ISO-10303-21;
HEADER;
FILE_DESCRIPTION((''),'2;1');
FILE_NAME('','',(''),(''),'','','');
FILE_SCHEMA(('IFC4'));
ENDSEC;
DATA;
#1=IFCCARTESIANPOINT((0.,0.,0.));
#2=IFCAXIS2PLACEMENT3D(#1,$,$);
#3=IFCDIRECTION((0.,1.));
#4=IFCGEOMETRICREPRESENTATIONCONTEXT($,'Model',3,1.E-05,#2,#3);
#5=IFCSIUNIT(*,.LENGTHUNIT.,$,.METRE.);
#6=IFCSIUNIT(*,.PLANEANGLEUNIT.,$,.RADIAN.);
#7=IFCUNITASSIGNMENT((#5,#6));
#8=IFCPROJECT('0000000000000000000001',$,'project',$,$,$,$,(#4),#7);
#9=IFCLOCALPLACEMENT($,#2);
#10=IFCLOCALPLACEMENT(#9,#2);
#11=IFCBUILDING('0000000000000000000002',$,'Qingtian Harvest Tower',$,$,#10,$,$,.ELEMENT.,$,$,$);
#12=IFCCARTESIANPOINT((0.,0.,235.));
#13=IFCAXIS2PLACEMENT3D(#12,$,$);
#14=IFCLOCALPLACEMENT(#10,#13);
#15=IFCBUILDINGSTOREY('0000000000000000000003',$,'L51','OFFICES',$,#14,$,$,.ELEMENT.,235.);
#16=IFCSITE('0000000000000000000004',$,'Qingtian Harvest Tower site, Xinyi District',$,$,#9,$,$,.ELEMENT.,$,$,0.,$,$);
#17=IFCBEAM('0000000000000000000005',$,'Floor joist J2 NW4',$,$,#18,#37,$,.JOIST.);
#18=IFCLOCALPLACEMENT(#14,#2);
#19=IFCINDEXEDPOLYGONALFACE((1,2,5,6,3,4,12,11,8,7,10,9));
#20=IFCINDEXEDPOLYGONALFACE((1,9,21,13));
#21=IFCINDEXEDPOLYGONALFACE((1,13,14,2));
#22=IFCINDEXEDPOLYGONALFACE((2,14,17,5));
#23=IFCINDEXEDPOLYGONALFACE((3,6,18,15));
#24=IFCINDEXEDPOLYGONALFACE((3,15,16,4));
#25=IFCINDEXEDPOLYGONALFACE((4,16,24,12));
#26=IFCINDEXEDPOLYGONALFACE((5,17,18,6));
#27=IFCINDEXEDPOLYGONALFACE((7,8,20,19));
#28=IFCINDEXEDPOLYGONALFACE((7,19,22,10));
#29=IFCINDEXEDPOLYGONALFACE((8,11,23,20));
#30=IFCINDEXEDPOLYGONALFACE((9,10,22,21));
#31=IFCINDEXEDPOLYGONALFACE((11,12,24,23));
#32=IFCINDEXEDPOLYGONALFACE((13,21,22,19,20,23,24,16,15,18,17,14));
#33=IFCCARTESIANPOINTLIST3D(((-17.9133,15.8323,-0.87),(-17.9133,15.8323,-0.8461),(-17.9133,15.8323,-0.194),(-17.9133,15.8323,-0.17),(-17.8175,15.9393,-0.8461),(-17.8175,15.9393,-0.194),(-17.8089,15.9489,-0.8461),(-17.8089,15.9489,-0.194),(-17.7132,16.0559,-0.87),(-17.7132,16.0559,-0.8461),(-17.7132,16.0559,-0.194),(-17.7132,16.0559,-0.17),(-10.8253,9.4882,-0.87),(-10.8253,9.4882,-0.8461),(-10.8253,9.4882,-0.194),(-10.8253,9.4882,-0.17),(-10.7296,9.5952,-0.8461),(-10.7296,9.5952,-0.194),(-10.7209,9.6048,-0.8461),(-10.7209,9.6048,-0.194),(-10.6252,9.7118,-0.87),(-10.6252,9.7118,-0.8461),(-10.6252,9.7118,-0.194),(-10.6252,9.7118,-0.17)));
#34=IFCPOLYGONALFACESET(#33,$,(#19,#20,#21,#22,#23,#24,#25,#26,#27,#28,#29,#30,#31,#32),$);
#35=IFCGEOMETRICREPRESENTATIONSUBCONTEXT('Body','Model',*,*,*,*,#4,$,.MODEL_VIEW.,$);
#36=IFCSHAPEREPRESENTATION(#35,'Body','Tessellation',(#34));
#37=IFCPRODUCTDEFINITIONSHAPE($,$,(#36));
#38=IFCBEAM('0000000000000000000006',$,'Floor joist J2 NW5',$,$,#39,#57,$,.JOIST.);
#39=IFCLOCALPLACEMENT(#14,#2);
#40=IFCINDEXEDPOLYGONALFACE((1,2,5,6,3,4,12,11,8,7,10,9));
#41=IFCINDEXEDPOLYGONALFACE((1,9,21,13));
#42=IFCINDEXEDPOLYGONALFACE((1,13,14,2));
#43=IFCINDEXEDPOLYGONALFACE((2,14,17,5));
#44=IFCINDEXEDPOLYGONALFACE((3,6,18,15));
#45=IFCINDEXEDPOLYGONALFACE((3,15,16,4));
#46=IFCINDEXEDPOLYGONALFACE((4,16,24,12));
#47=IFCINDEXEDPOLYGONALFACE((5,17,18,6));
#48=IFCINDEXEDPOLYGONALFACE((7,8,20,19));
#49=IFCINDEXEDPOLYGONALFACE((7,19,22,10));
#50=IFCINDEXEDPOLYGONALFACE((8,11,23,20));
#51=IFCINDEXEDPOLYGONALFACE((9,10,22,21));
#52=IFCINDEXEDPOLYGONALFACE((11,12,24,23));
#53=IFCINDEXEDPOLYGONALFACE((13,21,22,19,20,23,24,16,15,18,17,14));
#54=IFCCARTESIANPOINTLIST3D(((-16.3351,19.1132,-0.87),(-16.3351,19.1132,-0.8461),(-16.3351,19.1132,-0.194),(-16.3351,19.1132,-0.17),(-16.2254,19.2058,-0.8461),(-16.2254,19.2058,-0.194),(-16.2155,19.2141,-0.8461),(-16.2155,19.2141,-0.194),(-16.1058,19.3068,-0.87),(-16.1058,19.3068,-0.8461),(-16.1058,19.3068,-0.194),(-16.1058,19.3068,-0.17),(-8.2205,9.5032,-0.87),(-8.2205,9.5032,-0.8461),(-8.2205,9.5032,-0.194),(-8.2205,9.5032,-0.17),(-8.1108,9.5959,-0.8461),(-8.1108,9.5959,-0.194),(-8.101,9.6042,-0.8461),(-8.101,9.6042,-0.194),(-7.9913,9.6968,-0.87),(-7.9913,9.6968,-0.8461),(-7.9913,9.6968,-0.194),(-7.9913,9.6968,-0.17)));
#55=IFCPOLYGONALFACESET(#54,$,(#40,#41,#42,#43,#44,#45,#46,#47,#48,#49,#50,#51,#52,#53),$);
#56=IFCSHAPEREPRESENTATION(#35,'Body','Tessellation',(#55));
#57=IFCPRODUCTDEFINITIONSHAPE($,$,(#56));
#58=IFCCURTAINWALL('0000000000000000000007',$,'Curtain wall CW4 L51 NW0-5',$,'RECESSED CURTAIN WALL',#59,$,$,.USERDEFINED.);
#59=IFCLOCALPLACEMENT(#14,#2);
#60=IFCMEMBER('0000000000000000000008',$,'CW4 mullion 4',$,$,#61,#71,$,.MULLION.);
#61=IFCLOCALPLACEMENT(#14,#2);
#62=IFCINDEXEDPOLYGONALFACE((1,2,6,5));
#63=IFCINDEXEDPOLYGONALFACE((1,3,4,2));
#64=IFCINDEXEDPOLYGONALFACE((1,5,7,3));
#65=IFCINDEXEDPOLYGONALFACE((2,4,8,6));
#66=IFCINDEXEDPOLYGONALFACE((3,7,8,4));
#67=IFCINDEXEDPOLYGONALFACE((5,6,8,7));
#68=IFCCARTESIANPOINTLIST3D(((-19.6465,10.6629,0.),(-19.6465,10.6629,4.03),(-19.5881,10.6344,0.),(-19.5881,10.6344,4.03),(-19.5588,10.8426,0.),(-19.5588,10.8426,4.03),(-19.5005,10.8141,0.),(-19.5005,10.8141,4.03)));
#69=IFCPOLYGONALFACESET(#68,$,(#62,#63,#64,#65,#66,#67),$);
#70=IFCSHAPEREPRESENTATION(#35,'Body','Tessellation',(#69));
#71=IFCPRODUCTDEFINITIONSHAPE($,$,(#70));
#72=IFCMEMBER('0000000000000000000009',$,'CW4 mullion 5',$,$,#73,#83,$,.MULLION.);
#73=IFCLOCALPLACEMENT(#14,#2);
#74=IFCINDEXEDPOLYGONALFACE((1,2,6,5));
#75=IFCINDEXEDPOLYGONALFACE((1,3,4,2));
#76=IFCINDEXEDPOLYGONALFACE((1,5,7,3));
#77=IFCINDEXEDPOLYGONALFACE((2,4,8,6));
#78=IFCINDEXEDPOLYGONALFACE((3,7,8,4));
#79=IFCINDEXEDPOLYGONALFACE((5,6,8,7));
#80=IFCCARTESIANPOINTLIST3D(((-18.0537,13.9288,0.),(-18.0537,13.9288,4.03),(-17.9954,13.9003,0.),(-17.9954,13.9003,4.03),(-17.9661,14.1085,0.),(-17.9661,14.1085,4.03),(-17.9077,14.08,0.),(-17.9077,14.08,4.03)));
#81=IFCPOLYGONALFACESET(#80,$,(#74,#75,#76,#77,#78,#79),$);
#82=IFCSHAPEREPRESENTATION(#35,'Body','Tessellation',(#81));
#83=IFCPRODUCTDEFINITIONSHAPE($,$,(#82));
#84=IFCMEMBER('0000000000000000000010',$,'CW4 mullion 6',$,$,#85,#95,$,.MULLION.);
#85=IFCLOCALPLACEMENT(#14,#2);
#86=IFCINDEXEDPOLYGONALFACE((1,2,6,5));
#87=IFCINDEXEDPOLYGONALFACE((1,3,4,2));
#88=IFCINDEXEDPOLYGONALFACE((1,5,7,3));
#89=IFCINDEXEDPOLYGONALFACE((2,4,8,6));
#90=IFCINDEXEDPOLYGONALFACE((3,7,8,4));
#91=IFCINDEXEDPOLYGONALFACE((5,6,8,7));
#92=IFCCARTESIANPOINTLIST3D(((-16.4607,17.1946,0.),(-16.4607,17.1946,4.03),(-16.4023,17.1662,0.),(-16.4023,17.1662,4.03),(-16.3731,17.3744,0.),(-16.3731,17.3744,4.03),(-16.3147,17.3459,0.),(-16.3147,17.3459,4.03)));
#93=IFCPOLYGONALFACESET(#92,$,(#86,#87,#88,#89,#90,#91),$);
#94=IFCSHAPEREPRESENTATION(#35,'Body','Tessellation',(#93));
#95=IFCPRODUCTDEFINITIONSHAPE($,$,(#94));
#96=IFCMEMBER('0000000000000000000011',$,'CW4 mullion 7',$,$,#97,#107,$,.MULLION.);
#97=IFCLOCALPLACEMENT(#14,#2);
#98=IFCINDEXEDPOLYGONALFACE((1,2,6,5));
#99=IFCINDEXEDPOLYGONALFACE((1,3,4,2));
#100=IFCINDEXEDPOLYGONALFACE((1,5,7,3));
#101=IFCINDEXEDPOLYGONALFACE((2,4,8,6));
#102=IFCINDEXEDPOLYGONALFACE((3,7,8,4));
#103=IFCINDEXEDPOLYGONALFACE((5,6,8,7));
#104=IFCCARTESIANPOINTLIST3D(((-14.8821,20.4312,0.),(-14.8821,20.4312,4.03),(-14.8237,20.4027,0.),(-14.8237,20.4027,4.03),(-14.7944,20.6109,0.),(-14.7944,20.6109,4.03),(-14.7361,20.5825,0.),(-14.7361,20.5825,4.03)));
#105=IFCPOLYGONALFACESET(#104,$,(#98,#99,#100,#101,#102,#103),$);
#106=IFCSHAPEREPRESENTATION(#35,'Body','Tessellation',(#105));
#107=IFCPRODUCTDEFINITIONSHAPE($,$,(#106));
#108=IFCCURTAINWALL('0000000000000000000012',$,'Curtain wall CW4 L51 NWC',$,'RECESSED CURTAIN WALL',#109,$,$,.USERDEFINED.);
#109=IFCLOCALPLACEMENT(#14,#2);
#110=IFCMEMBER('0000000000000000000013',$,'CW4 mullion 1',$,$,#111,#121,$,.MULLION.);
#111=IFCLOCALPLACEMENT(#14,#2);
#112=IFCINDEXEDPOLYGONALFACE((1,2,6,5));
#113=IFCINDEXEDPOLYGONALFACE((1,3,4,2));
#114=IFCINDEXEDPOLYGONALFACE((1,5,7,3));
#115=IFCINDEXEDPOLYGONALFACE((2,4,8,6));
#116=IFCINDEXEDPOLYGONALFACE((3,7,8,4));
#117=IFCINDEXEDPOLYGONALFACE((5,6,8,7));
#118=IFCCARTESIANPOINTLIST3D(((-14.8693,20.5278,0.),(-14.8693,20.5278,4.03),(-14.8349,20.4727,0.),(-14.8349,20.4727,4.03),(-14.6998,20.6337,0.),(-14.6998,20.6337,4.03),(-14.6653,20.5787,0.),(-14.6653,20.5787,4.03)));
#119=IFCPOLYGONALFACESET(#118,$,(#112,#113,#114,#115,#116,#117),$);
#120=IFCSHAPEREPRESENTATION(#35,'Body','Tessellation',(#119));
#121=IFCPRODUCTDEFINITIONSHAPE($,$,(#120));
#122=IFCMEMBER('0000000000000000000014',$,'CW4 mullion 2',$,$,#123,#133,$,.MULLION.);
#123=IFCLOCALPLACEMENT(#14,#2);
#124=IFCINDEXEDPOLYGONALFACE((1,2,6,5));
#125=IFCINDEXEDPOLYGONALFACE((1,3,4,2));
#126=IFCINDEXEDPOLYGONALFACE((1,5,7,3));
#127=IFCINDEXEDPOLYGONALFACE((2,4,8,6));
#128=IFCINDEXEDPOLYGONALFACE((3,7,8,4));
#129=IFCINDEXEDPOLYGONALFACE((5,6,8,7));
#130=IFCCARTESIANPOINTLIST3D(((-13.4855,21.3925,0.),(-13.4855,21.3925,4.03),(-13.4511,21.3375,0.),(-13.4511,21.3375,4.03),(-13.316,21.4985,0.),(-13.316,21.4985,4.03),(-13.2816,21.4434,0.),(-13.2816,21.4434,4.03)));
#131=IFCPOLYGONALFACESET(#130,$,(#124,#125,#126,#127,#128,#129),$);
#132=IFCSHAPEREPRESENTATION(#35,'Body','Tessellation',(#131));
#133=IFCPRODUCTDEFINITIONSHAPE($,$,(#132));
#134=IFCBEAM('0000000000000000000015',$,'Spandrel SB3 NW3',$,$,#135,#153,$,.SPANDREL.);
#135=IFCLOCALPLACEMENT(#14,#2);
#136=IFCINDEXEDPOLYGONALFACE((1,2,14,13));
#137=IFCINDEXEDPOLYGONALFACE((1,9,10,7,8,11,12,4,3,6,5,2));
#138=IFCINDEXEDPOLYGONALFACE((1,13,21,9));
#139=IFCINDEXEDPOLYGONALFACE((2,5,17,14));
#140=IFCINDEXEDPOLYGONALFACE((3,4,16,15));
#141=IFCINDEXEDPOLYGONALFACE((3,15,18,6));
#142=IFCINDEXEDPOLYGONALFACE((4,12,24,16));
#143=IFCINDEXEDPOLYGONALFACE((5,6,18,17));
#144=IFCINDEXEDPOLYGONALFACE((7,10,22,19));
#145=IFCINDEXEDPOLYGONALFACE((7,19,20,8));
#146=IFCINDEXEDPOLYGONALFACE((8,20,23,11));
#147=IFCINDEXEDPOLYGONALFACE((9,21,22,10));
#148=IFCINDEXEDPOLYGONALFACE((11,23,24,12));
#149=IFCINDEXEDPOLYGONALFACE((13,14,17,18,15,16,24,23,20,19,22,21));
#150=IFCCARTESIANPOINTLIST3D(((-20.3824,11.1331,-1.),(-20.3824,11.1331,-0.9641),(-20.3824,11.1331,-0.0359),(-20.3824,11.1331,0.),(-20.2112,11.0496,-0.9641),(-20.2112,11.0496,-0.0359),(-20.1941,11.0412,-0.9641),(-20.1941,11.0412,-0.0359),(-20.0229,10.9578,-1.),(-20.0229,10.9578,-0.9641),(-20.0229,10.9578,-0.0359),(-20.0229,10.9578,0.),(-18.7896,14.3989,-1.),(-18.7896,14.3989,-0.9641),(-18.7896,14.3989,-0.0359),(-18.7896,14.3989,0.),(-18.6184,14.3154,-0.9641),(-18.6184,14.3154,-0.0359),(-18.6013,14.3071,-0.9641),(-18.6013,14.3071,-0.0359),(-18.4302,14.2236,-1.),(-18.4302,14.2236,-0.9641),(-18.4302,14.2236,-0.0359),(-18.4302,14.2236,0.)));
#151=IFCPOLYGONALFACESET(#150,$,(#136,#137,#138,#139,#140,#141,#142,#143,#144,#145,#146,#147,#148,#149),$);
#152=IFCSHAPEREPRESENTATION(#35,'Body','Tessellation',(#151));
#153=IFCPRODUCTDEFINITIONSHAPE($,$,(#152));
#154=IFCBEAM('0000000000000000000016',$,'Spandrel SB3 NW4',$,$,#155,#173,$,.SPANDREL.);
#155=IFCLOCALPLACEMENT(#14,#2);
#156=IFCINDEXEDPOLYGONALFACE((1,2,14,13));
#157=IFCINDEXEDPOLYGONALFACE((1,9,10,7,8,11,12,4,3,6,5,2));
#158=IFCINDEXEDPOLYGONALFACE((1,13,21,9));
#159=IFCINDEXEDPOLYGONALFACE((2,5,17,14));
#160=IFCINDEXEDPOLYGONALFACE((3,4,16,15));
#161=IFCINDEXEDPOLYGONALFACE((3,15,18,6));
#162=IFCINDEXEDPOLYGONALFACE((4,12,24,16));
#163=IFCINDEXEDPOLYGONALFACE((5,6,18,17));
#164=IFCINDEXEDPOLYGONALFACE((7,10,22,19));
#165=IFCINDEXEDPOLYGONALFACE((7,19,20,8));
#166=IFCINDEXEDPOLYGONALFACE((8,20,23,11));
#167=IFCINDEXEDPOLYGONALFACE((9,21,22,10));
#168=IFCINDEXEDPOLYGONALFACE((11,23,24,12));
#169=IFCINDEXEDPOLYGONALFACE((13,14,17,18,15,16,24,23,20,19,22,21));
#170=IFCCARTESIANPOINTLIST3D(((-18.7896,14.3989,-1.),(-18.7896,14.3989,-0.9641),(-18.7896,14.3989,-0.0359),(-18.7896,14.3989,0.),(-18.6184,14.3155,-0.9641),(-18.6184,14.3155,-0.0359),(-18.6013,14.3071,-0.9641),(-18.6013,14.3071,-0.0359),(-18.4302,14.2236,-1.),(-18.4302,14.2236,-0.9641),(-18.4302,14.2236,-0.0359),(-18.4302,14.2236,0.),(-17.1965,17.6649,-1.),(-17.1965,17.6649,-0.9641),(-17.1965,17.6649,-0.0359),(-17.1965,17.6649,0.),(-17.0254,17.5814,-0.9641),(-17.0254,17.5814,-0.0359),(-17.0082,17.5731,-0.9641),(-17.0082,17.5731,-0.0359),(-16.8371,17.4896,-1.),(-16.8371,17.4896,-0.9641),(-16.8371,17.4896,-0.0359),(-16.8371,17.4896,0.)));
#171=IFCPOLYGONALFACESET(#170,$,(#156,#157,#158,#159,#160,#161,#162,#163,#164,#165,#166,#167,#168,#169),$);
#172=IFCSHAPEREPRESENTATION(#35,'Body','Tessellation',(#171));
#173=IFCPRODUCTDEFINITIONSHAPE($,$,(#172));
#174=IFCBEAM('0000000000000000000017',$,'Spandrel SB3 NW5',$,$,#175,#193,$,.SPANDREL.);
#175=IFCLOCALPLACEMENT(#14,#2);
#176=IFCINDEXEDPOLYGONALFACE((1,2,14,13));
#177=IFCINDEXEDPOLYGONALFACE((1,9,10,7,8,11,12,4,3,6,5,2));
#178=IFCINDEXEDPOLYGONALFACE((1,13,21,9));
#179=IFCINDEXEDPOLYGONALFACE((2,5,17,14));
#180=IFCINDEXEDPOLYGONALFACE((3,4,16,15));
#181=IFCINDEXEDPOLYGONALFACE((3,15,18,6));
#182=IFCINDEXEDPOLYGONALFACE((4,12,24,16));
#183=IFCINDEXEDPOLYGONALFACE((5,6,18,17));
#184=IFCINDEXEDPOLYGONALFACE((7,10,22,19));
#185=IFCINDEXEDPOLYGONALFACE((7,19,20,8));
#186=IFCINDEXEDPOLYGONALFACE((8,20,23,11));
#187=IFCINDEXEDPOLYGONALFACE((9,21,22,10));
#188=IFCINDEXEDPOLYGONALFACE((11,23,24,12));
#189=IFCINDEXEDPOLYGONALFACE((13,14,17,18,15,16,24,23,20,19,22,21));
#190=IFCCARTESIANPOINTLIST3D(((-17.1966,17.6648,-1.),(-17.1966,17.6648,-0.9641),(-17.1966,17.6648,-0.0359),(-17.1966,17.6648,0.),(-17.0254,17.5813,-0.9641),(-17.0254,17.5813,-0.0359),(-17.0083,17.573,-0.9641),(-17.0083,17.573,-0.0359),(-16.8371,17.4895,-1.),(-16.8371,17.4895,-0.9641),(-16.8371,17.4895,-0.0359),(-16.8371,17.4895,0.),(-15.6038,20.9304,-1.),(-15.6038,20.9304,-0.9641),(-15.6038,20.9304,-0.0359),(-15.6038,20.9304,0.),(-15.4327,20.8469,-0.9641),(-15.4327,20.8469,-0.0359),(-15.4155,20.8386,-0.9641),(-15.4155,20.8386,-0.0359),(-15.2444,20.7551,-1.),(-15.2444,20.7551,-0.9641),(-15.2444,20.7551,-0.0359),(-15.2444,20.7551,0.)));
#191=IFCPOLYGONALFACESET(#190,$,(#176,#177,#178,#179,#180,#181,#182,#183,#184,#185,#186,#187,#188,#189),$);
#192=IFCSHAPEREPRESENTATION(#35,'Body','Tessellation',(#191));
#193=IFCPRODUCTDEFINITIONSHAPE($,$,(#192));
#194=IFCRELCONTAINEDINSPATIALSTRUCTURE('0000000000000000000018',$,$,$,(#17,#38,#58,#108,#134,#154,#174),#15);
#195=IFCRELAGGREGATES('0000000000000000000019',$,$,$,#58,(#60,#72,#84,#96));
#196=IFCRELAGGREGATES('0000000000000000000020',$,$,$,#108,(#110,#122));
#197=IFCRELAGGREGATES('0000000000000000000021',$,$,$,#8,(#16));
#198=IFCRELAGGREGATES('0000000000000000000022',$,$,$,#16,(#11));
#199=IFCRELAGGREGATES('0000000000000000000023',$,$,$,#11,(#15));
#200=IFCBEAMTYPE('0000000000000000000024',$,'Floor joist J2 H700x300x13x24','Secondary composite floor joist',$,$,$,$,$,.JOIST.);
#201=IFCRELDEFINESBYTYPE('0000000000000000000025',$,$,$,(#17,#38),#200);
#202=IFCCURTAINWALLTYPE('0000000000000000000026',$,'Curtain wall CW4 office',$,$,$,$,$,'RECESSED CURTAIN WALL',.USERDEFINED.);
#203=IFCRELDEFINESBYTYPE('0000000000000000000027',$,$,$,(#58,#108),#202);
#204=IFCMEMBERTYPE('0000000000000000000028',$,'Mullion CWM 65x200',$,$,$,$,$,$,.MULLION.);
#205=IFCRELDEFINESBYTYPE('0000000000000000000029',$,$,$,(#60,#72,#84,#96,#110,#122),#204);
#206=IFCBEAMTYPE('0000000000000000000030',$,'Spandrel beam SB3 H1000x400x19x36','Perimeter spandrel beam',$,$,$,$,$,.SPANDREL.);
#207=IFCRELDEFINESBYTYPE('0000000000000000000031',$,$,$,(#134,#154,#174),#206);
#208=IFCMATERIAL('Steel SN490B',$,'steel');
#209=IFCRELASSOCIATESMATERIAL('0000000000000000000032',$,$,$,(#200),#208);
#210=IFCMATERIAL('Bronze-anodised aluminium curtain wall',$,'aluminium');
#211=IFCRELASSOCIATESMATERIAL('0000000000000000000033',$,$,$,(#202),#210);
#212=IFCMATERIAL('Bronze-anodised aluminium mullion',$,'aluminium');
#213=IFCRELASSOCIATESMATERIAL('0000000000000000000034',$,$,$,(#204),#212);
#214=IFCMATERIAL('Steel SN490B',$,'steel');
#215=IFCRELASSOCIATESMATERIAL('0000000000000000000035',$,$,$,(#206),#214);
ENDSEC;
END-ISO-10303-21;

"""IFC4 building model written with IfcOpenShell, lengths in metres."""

from ifc_helpers import new_model, si_unit, direction, frame, origin, origin_2d, place, context, subcontext, project, spatial, rectangle, i_section, extrude, material, material_profile, profile_set, type_object, element, aggregate, save


model = new_model("IFC4")

# Units and contexts
model_context = context("Model", 3, precision=1e-05, world=origin(), true_north=direction((0.0, 1.0)))
body_context = subcontext(model_context, "Body", "Model", "MODEL_VIEW")
ifc_project = project(units=[si_unit("LENGTHUNIT", "METRE"), si_unit("PLANEANGLEUNIT", "RADIAN")], contexts=[model_context])

# Site, building, storey
site_placement = place(None, origin())
site = spatial("IfcSite", under=ifc_project, at=site_placement, Name="Qingtian Harvest Tower site, Xinyi District", CompositionType="ELEMENT", RefElevation=0.0)
building_placement = place(site_placement, origin())
building = spatial("IfcBuilding", under=site, at=building_placement, Name="Qingtian Harvest Tower", CompositionType="ELEMENT")
storey_placement = place(building_placement, frame((0.0, 0.0, 235.0)))
storey = spatial("IfcBuildingStorey", under=building, at=storey_placement, Name="L51", Description="OFFICES", CompositionType="ELEMENT", Elevation=235.0)

# Beams
ifc_material_1 = material(Name="Steel SN490B", Category="steel")
ifc_material_profile_1 = material_profile(ifc_material_1, i_section(OverallWidth=0.3, OverallDepth=0.7, WebThickness=0.0129, FlangeThickness=0.0239, at=origin_2d()), Name="H700x300x13x24")
ifc_profile_set_1 = profile_set([ifc_material_profile_1], Name="Steel SN490B")
beam_type_1 = type_object("IfcBeamType", Name="Floor joist J2 H700x300x13x24", Description="Secondary composite floor joist", PredefinedType="JOIST", material=ifc_profile_set_1)
beam_1_placement = place(storey_placement, frame((-17.8132, 15.9441, -0.52), z_axis=(0.745127, -0.666923, 0.0), x_axis=(0.666923, 0.745127, 0.0)))
element("IfcBeam", 1, at=beam_1_placement, inside=storey, type_object=beam_type_1, Name="Floor joist J2 NW4", PredefinedType="JOIST", context=body_context, shape_type="SweptSolid", body=[
    extrude(i_section(OverallWidth=0.3, OverallDepth=0.7, WebThickness=0.0129, FlangeThickness=0.0239, at=origin_2d()), origin(), (0.0, 0.0, 1.0), 9.5125),
])
beam_2_placement = place(storey_placement, frame((-16.2205, 19.21, -0.52), z_axis=(0.645158, -0.764049, 0.0), x_axis=(0.764049, 0.645158, 0.0)))
element("IfcBeam", 2, at=beam_2_placement, inside=storey, type_object=beam_type_1, Name="Floor joist J2 NW5", PredefinedType="JOIST", context=body_context, shape_type="SweptSolid", body=[
    extrude(i_section(OverallWidth=0.3, OverallDepth=0.7, WebThickness=0.0129, FlangeThickness=0.0239, at=origin_2d()), origin(), (0.0, 0.0, 1.0), 12.5776),
])

# Curtain walls, members
ifc_material_2 = material(Name="Bronze-anodised aluminium curtain wall", Category="aluminium")
curtain_wall_type = type_object("IfcCurtainWallType", Name="Curtain wall CW4 office", ElementType="RECESSED CURTAIN WALL", PredefinedType="USERDEFINED", material=ifc_material_2)
curtain_wall_1_placement = place(storey_placement, origin())
curtain_wall_1 = element("IfcCurtainWall", 3, at=curtain_wall_1_placement, inside=storey, type_object=curtain_wall_type, Name="Curtain wall CW4 L51 NW0-5", ObjectType="RECESSED CURTAIN WALL", PredefinedType="USERDEFINED")
ifc_material_3 = material(Name="Bronze-anodised aluminium mullion", Category="aluminium")
ifc_material_profile_2 = material_profile(ifc_material_3, rectangle(XDim=0.0649, YDim=0.2, at=origin_2d()), Name="AL 65x200")
ifc_profile_set_2 = profile_set([ifc_material_profile_2], Name="Bronze-anodised aluminium mullion")
member_type_1 = type_object("IfcMemberType", Name="Mullion CWM 65x200", PredefinedType="MULLION", material=ifc_profile_set_2)
member_1_placement = place(storey_placement, frame((-19.5735, 10.7385, 0.0), z_axis=(0.0, 0.0, 1.0), x_axis=(-0.898794, 0.438371, 0.0)))
member_1 = element("IfcMember", 4, at=member_1_placement, type_object=member_type_1, Name="CW4 mullion 4", PredefinedType="MULLION", context=body_context, shape_type="SweptSolid", body=[
    extrude(rectangle(XDim=0.0649, YDim=0.2, at=origin_2d()), origin(), (0.0, 0.0, 1.0), 4.03),
])
member_2_placement = place(storey_placement, frame((-17.9807, 14.0044, 0.0), z_axis=(0.0, 0.0, 1.0), x_axis=(-0.898794, 0.438371, 0.0)))
member_2 = element("IfcMember", 5, at=member_2_placement, type_object=member_type_1, Name="CW4 mullion 5", PredefinedType="MULLION", context=body_context, shape_type="SweptSolid", body=[
    extrude(rectangle(XDim=0.0649, YDim=0.2, at=origin_2d()), origin(), (0.0, 0.0, 1.0), 4.03),
])
member_3_placement = place(storey_placement, frame((-16.3877, 17.2703, 0.0), z_axis=(0.0, 0.0, 1.0), x_axis=(-0.898794, 0.438371, 0.0)))
member_3 = element("IfcMember", 6, at=member_3_placement, type_object=member_type_1, Name="CW4 mullion 6", PredefinedType="MULLION", context=body_context, shape_type="SweptSolid", body=[
    extrude(rectangle(XDim=0.0649, YDim=0.2, at=origin_2d()), origin(), (0.0, 0.0, 1.0), 4.03),
])
member_4_placement = place(storey_placement, frame((-14.8091, 20.5068, 0.0), z_axis=(0.0, 0.0, 1.0), x_axis=(-0.898794, 0.438371, 0.0)))
member_4 = element("IfcMember", 7, at=member_4_placement, type_object=member_type_1, Name="CW4 mullion 7", PredefinedType="MULLION", context=body_context, shape_type="SweptSolid", body=[
    extrude(rectangle(XDim=0.0649, YDim=0.2, at=origin_2d()), origin(), (0.0, 0.0, 1.0), 4.03),
])
curtain_wall_2_placement = place(storey_placement, origin())
curtain_wall_2 = element("IfcCurtainWall", 8, at=curtain_wall_2_placement, inside=storey, type_object=curtain_wall_type, Name="Curtain wall CW4 L51 NWC", ObjectType="RECESSED CURTAIN WALL", PredefinedType="USERDEFINED")
member_5_placement = place(storey_placement, frame((-14.7673, 20.5532, 0.0), z_axis=(0.0, 0.0, 1.0), x_axis=(-0.529919, 0.848048, 0.0)))
member_5 = element("IfcMember", 9, at=member_5_placement, type_object=member_type_1, Name="CW4 mullion 1", PredefinedType="MULLION", context=body_context, shape_type="SweptSolid", body=[
    extrude(rectangle(XDim=0.0649, YDim=0.2, at=origin_2d()), origin(), (0.0, 0.0, 1.0), 4.03),
])
member_6_placement = place(storey_placement, frame((-13.3835, 21.418, 0.0), z_axis=(0.0, 0.0, 1.0), x_axis=(-0.529919, 0.848048, 0.0)))
member_6 = element("IfcMember", 10, at=member_6_placement, type_object=member_type_1, Name="CW4 mullion 2", PredefinedType="MULLION", context=body_context, shape_type="SweptSolid", body=[
    extrude(rectangle(XDim=0.0649, YDim=0.2, at=origin_2d()), origin(), (0.0, 0.0, 1.0), 4.03),
])

# Beams
ifc_material_4 = material(Name="Steel SN490B", Category="steel")
ifc_material_profile_3 = material_profile(ifc_material_4, i_section(OverallWidth=0.3999, OverallDepth=1.0, WebThickness=0.019, FlangeThickness=0.0359, at=origin_2d()), Name="H1000x400x19x36")
ifc_profile_set_3 = profile_set([ifc_material_profile_3], Name="Steel SN490B")
beam_type_2 = type_object("IfcBeamType", Name="Spandrel beam SB3 H1000x400x19x36", Description="Perimeter spandrel beam", PredefinedType="SPANDREL", material=ifc_profile_set_3)
beam_3_placement = place(storey_placement, frame((-20.2026, 11.0454, -0.5), z_axis=(0.438349, 0.898805, 0.0), x_axis=(-0.898805, 0.438349, 0.0)))
element("IfcBeam", 11, at=beam_3_placement, inside=storey, type_object=beam_type_2, Name="Spandrel SB3 NW3", PredefinedType="SPANDREL", context=body_context, shape_type="SweptSolid", body=[
    extrude(i_section(OverallWidth=0.3999, OverallDepth=1.0, WebThickness=0.019, FlangeThickness=0.0359, at=origin_2d()), origin(), (0.0, 0.0, 1.0), 3.6335),
])
beam_4_placement = place(storey_placement, frame((-18.6099, 14.3113, -0.5), z_axis=(0.438404, 0.898778, 0.0), x_axis=(-0.898778, 0.438404, 0.0)))
element("IfcBeam", 12, at=beam_4_placement, inside=storey, type_object=beam_type_2, Name="Spandrel SB3 NW4", PredefinedType="SPANDREL", context=body_context, shape_type="SweptSolid", body=[
    extrude(i_section(OverallWidth=0.3999, OverallDepth=1.0, WebThickness=0.019, FlangeThickness=0.0359, at=origin_2d()), origin(), (0.0, 0.0, 1.0), 3.6338),
])
beam_5_placement = place(storey_placement, frame((-17.0168, 17.5771, -0.5), z_axis=(0.438376, 0.898792, 0.0), x_axis=(-0.898792, 0.438376, 0.0)))
element("IfcBeam", 13, at=beam_5_placement, inside=storey, type_object=beam_type_2, Name="Spandrel SB3 NW5", PredefinedType="SPANDREL", context=body_context, shape_type="SweptSolid", body=[
    extrude(i_section(OverallWidth=0.3999, OverallDepth=1.0, WebThickness=0.019, FlangeThickness=0.0359, at=origin_2d()), origin(), (0.0, 0.0, 1.0), 3.6333),
])

aggregate(curtain_wall_1, [member_1, member_2, member_3, member_4])
aggregate(curtain_wall_2, [member_5, member_6])

save(model, "model.ifc")
